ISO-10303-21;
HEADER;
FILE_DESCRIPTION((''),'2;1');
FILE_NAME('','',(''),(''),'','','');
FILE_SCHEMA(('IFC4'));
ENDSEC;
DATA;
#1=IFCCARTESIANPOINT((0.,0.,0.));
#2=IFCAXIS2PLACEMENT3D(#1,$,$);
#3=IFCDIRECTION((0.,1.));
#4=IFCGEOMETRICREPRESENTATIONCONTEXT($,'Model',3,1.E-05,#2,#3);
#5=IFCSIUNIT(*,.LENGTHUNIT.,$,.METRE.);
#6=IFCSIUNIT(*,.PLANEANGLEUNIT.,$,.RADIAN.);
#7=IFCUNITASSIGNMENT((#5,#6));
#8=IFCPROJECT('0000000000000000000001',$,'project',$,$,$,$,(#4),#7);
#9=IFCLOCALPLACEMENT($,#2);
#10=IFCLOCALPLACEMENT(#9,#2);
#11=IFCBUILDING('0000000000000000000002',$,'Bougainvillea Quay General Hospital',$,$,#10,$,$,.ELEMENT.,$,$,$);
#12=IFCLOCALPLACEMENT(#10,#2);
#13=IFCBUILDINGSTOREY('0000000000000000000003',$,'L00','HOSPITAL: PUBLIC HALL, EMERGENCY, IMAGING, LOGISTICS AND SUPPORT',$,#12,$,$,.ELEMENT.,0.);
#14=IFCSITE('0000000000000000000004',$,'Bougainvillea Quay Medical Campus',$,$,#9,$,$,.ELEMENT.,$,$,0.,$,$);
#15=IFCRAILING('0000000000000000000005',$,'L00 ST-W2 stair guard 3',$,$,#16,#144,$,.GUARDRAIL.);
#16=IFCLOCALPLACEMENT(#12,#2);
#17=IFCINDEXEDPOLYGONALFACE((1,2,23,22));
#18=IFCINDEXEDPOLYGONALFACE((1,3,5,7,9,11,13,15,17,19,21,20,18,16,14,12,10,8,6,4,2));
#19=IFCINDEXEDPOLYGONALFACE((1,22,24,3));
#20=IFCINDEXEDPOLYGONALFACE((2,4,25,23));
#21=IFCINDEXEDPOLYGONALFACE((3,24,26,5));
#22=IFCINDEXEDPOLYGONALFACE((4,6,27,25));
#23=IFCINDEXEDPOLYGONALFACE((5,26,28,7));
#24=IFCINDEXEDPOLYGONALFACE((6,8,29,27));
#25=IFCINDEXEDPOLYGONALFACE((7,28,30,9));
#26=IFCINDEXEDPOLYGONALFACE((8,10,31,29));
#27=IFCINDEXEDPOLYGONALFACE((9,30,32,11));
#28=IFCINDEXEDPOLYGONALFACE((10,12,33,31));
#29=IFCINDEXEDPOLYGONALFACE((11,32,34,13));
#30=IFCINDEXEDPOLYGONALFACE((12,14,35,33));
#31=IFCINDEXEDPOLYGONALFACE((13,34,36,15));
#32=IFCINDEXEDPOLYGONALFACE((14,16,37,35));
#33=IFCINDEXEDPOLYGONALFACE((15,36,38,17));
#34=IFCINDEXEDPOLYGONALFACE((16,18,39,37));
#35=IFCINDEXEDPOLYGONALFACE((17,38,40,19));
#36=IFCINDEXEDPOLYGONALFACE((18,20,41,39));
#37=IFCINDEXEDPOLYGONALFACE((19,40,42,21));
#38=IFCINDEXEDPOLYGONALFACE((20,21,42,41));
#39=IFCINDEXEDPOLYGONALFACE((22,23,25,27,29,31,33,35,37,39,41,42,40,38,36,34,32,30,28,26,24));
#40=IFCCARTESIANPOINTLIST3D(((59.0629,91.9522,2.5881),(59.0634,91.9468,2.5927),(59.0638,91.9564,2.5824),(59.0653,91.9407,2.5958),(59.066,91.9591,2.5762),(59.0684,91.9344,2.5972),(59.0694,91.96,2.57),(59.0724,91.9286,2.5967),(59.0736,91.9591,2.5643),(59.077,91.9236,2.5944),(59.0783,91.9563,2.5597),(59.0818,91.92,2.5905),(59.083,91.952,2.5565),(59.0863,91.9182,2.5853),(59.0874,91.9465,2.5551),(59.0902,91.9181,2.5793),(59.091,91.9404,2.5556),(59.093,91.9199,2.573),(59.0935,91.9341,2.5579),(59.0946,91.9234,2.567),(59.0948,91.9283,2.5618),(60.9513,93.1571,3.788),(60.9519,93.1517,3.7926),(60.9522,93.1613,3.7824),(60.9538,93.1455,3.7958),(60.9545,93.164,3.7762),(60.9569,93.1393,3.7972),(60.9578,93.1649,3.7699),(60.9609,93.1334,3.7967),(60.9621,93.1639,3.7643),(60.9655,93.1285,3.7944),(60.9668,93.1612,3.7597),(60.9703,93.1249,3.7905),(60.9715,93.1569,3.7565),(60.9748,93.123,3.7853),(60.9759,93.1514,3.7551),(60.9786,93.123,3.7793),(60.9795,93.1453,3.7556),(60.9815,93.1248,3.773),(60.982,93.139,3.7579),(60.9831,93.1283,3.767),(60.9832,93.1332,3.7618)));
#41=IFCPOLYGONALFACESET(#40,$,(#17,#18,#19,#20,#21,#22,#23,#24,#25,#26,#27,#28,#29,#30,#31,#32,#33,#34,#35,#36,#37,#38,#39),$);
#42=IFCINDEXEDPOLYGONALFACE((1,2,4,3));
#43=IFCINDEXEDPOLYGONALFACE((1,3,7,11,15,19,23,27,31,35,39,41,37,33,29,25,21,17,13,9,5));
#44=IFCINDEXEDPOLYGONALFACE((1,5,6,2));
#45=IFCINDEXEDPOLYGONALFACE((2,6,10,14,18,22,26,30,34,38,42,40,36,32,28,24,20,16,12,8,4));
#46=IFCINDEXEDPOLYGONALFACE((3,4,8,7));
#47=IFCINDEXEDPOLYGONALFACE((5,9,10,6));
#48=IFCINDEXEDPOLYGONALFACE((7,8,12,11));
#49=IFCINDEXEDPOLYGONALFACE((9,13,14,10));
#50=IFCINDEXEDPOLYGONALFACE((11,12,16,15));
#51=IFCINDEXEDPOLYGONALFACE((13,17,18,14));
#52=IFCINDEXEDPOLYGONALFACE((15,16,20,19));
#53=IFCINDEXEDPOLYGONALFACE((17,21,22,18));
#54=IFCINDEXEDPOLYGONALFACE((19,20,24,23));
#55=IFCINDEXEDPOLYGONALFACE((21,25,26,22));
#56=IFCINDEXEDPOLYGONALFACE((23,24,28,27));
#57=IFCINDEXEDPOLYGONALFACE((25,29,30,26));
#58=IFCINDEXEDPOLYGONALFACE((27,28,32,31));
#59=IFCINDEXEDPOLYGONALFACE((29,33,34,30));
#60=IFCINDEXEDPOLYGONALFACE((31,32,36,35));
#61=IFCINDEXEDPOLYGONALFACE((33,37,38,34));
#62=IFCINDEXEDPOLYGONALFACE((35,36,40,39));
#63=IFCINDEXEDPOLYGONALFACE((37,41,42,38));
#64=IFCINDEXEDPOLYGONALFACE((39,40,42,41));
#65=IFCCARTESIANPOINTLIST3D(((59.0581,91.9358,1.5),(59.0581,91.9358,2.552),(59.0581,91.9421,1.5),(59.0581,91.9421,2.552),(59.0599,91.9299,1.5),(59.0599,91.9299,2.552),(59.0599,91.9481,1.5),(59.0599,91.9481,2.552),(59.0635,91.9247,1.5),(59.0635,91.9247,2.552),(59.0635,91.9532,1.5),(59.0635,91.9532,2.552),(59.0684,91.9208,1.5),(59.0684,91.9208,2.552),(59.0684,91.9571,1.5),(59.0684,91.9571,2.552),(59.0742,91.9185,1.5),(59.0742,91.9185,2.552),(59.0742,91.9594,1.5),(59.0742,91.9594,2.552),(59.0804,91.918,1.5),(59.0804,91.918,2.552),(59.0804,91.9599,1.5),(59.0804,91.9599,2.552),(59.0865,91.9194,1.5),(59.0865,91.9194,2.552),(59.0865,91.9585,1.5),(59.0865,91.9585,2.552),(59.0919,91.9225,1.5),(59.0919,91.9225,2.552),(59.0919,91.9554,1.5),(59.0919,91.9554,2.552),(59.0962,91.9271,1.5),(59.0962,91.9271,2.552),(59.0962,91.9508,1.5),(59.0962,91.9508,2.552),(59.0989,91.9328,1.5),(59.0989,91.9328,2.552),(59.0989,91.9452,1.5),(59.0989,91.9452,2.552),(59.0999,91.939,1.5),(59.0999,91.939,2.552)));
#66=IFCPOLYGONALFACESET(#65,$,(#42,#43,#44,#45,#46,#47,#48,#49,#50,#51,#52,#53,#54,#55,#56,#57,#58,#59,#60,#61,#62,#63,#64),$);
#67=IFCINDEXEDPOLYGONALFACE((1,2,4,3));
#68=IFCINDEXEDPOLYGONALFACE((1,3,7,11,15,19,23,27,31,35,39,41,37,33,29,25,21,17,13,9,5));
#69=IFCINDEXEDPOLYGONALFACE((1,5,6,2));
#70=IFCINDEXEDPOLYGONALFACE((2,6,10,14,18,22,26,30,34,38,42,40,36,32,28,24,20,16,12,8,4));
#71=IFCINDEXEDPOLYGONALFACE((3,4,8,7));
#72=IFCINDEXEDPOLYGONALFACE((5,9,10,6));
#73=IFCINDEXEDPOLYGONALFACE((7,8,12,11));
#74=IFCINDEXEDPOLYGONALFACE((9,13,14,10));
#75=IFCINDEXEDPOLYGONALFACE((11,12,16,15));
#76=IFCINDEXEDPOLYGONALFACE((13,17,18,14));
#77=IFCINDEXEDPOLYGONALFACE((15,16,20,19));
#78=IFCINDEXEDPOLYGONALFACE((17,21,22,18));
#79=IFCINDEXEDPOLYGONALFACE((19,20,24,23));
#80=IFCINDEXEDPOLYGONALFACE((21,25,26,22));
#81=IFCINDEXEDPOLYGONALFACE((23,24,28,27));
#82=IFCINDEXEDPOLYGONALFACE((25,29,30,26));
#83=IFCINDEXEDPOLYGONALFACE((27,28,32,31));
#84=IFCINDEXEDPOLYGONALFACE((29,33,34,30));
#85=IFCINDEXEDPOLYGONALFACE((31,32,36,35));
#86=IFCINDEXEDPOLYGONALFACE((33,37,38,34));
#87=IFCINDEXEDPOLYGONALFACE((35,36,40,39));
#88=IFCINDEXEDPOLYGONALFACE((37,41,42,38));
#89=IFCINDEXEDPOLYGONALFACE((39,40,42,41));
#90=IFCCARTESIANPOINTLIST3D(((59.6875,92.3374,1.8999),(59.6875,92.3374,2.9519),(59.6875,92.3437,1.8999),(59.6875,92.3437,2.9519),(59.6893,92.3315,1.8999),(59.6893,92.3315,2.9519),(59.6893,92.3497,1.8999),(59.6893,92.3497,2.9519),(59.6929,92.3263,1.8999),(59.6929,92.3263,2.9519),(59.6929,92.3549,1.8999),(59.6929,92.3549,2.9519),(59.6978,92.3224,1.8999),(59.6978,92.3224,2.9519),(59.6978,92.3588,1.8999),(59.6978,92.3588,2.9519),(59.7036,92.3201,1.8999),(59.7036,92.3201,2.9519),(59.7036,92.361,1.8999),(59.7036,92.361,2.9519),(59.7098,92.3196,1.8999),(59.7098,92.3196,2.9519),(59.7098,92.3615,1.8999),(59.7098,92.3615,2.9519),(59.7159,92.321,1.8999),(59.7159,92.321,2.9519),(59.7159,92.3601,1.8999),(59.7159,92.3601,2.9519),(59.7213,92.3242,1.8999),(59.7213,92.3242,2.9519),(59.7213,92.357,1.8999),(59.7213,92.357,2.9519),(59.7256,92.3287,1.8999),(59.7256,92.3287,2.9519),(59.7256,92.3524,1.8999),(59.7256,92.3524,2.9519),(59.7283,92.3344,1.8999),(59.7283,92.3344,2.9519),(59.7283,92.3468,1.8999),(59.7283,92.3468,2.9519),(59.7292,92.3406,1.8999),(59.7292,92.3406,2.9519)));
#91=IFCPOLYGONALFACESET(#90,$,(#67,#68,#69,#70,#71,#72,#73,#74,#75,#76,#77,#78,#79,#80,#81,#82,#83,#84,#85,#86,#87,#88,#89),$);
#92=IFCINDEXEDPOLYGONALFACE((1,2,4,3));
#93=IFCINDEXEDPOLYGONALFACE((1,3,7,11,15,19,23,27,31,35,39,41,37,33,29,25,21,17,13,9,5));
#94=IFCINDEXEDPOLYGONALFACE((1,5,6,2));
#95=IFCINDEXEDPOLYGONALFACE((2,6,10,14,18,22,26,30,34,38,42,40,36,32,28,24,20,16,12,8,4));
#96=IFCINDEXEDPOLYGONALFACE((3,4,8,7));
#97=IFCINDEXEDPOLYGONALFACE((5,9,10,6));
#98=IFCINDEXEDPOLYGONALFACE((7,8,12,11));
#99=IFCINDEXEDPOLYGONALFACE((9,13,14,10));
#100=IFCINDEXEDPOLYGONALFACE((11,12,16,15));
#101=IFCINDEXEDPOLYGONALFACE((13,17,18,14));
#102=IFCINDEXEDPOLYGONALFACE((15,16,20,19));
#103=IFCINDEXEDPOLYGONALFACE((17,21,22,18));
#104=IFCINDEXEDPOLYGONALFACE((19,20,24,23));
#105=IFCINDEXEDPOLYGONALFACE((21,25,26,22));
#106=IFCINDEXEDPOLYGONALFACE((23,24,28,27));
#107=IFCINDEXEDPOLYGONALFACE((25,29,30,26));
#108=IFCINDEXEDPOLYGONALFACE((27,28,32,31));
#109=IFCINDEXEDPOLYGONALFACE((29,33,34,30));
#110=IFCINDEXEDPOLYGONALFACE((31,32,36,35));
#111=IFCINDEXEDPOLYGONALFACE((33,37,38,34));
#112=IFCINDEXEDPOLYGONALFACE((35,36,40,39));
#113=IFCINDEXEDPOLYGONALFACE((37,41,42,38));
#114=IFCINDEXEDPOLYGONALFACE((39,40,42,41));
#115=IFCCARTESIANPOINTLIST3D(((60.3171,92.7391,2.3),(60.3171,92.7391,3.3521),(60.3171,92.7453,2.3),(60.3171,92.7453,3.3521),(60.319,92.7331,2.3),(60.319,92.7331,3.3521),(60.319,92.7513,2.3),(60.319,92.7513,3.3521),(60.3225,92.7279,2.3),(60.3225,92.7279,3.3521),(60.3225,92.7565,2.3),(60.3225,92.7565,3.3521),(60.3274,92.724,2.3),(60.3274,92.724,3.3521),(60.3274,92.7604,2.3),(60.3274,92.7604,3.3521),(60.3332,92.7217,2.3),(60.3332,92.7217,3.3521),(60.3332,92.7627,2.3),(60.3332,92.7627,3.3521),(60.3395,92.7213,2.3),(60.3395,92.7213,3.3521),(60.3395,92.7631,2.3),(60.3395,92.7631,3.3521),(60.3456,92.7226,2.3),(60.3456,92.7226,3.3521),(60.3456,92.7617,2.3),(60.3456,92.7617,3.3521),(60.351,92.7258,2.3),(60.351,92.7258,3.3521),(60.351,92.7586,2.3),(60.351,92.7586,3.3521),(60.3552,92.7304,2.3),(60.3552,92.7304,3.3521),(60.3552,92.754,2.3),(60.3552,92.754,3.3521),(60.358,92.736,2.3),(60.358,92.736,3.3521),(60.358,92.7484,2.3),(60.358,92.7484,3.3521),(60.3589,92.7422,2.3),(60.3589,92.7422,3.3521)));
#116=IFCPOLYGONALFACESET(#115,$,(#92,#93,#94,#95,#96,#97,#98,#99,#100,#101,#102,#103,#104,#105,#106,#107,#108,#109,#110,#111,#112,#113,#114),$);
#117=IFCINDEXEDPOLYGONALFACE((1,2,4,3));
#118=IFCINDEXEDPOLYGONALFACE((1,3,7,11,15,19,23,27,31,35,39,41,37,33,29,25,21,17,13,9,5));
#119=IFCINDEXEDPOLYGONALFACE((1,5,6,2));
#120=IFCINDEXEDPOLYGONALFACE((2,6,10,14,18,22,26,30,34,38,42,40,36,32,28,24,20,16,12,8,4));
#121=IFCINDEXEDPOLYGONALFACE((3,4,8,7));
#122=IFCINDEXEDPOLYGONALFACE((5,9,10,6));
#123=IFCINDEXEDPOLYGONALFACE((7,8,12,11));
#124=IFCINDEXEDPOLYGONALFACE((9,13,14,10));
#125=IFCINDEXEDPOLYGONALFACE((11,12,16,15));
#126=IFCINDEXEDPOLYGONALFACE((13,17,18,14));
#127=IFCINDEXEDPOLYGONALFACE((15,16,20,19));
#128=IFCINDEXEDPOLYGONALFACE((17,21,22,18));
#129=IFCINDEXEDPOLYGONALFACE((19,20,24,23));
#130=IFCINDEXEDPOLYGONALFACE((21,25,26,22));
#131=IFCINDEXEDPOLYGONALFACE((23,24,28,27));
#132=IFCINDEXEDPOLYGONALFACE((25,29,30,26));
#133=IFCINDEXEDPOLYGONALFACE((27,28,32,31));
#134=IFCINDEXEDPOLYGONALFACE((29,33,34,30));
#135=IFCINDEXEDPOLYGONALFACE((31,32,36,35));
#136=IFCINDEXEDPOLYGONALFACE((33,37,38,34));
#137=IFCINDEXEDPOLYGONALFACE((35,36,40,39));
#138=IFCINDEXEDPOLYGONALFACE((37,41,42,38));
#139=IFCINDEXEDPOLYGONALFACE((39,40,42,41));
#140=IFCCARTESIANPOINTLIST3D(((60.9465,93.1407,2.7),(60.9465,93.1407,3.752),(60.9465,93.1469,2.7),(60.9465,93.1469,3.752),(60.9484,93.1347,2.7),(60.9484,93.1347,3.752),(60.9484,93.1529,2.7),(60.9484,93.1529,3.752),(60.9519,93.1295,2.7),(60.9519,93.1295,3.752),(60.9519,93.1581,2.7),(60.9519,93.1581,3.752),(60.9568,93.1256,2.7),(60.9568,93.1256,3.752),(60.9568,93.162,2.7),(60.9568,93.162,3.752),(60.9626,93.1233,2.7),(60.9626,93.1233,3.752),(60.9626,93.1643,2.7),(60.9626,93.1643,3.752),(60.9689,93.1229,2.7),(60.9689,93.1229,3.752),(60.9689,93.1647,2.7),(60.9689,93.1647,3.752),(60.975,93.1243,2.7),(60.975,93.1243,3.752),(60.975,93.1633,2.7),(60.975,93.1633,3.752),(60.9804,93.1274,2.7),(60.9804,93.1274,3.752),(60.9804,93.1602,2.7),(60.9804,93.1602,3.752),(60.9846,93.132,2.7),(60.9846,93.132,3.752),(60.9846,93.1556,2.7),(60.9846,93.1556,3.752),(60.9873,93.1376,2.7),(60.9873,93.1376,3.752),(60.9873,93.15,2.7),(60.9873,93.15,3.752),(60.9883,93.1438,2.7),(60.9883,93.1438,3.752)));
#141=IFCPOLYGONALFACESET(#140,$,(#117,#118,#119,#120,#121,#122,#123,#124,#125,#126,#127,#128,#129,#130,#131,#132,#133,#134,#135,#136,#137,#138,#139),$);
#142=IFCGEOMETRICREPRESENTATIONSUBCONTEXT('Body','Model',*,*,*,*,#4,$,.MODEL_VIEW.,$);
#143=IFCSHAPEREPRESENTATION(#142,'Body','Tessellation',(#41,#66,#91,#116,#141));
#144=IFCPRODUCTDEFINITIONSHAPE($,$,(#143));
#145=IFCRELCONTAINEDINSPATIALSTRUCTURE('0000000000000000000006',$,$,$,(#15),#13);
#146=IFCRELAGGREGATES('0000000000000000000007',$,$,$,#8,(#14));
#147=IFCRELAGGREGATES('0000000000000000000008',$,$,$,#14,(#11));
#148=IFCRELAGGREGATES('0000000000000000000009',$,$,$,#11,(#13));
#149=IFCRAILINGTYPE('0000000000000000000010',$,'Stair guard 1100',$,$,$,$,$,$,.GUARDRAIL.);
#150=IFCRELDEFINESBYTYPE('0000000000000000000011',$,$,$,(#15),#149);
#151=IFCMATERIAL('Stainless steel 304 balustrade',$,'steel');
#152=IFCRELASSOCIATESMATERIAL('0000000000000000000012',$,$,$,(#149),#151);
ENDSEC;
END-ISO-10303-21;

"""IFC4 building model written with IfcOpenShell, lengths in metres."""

from ifc_helpers import new_model, si_unit, direction, frame, origin, origin_2d, place, context, subcontext, project, spatial, circle, extrude, material, type_object, element, save


model = new_model("IFC4")

# Units and contexts
model_context = context("Model", 3, precision=1e-05, world=origin(), true_north=direction((0.0, 1.0)))
body_context = subcontext(model_context, "Body", "Model", "MODEL_VIEW")
ifc_project = project(units=[si_unit("LENGTHUNIT", "METRE"), si_unit("PLANEANGLEUNIT", "RADIAN")], contexts=[model_context])

# Site, building, storey
site_placement = place(None, origin())
site = spatial("IfcSite", under=ifc_project, at=site_placement, Name="Bougainvillea Quay Medical Campus", CompositionType="ELEMENT", RefElevation=0.0)
building_placement = place(site_placement, origin())
building = spatial("IfcBuilding", under=site, at=building_placement, Name="Bougainvillea Quay General Hospital", CompositionType="ELEMENT")
storey_placement = place(building_placement, origin())
storey = spatial("IfcBuildingStorey", under=building, at=storey_placement, Name="L00", Description="HOSPITAL: PUBLIC HALL, EMERGENCY, IMAGING, LOGISTICS AND SUPPORT", CompositionType="ELEMENT", Elevation=0.0)

# Railing
ifc_material_1 = material(Name="Stainless steel 304 balustrade", Category="steel")
railing_type_1 = type_object("IfcRailingType", Name="Stair guard 1100", PredefinedType="GUARDRAIL", material=ifc_material_1)
for number, where, name in (
    (1, (59.0789, 91.939, 1.5), "L00 ST-W2 stair guard 3"),
):
    element("IfcRailing", number, at=place(storey_placement, frame(where)), inside=storey, type_object=railing_type_1, Name=name, PredefinedType="GUARDRAIL", context=body_context, shape_type="SweptSolid", body=[
        extrude(circle(Radius=0.0239, at=origin_2d()), frame((0.0, 0.0, 1.0762), z_axis=(0.743126, 0.474121, 0.4722), x_axis=(-0.537862, 0.843033, 0.0)), (0.0, 0.0, 1.0), 2.5413),
        extrude(circle(Radius=0.021, at=origin_2d()), origin(), (0.0, 0.0, 1.0), 1.052),
        extrude(circle(Radius=0.021, at=origin_2d()), frame((0.6294, 0.4016, 0.3999)), (0.0, 0.0, 1.0), 1.052),
        extrude(circle(Radius=0.021, at=origin_2d()), frame((1.259, 0.8032, 0.8)), (0.0, 0.0, 1.0), 1.052),
        extrude(circle(Radius=0.021, at=origin_2d()), frame((1.8884, 1.2048, 1.2)), (0.0, 0.0, 1.0), 1.052),
    ])

save(model, "model.ifc")
